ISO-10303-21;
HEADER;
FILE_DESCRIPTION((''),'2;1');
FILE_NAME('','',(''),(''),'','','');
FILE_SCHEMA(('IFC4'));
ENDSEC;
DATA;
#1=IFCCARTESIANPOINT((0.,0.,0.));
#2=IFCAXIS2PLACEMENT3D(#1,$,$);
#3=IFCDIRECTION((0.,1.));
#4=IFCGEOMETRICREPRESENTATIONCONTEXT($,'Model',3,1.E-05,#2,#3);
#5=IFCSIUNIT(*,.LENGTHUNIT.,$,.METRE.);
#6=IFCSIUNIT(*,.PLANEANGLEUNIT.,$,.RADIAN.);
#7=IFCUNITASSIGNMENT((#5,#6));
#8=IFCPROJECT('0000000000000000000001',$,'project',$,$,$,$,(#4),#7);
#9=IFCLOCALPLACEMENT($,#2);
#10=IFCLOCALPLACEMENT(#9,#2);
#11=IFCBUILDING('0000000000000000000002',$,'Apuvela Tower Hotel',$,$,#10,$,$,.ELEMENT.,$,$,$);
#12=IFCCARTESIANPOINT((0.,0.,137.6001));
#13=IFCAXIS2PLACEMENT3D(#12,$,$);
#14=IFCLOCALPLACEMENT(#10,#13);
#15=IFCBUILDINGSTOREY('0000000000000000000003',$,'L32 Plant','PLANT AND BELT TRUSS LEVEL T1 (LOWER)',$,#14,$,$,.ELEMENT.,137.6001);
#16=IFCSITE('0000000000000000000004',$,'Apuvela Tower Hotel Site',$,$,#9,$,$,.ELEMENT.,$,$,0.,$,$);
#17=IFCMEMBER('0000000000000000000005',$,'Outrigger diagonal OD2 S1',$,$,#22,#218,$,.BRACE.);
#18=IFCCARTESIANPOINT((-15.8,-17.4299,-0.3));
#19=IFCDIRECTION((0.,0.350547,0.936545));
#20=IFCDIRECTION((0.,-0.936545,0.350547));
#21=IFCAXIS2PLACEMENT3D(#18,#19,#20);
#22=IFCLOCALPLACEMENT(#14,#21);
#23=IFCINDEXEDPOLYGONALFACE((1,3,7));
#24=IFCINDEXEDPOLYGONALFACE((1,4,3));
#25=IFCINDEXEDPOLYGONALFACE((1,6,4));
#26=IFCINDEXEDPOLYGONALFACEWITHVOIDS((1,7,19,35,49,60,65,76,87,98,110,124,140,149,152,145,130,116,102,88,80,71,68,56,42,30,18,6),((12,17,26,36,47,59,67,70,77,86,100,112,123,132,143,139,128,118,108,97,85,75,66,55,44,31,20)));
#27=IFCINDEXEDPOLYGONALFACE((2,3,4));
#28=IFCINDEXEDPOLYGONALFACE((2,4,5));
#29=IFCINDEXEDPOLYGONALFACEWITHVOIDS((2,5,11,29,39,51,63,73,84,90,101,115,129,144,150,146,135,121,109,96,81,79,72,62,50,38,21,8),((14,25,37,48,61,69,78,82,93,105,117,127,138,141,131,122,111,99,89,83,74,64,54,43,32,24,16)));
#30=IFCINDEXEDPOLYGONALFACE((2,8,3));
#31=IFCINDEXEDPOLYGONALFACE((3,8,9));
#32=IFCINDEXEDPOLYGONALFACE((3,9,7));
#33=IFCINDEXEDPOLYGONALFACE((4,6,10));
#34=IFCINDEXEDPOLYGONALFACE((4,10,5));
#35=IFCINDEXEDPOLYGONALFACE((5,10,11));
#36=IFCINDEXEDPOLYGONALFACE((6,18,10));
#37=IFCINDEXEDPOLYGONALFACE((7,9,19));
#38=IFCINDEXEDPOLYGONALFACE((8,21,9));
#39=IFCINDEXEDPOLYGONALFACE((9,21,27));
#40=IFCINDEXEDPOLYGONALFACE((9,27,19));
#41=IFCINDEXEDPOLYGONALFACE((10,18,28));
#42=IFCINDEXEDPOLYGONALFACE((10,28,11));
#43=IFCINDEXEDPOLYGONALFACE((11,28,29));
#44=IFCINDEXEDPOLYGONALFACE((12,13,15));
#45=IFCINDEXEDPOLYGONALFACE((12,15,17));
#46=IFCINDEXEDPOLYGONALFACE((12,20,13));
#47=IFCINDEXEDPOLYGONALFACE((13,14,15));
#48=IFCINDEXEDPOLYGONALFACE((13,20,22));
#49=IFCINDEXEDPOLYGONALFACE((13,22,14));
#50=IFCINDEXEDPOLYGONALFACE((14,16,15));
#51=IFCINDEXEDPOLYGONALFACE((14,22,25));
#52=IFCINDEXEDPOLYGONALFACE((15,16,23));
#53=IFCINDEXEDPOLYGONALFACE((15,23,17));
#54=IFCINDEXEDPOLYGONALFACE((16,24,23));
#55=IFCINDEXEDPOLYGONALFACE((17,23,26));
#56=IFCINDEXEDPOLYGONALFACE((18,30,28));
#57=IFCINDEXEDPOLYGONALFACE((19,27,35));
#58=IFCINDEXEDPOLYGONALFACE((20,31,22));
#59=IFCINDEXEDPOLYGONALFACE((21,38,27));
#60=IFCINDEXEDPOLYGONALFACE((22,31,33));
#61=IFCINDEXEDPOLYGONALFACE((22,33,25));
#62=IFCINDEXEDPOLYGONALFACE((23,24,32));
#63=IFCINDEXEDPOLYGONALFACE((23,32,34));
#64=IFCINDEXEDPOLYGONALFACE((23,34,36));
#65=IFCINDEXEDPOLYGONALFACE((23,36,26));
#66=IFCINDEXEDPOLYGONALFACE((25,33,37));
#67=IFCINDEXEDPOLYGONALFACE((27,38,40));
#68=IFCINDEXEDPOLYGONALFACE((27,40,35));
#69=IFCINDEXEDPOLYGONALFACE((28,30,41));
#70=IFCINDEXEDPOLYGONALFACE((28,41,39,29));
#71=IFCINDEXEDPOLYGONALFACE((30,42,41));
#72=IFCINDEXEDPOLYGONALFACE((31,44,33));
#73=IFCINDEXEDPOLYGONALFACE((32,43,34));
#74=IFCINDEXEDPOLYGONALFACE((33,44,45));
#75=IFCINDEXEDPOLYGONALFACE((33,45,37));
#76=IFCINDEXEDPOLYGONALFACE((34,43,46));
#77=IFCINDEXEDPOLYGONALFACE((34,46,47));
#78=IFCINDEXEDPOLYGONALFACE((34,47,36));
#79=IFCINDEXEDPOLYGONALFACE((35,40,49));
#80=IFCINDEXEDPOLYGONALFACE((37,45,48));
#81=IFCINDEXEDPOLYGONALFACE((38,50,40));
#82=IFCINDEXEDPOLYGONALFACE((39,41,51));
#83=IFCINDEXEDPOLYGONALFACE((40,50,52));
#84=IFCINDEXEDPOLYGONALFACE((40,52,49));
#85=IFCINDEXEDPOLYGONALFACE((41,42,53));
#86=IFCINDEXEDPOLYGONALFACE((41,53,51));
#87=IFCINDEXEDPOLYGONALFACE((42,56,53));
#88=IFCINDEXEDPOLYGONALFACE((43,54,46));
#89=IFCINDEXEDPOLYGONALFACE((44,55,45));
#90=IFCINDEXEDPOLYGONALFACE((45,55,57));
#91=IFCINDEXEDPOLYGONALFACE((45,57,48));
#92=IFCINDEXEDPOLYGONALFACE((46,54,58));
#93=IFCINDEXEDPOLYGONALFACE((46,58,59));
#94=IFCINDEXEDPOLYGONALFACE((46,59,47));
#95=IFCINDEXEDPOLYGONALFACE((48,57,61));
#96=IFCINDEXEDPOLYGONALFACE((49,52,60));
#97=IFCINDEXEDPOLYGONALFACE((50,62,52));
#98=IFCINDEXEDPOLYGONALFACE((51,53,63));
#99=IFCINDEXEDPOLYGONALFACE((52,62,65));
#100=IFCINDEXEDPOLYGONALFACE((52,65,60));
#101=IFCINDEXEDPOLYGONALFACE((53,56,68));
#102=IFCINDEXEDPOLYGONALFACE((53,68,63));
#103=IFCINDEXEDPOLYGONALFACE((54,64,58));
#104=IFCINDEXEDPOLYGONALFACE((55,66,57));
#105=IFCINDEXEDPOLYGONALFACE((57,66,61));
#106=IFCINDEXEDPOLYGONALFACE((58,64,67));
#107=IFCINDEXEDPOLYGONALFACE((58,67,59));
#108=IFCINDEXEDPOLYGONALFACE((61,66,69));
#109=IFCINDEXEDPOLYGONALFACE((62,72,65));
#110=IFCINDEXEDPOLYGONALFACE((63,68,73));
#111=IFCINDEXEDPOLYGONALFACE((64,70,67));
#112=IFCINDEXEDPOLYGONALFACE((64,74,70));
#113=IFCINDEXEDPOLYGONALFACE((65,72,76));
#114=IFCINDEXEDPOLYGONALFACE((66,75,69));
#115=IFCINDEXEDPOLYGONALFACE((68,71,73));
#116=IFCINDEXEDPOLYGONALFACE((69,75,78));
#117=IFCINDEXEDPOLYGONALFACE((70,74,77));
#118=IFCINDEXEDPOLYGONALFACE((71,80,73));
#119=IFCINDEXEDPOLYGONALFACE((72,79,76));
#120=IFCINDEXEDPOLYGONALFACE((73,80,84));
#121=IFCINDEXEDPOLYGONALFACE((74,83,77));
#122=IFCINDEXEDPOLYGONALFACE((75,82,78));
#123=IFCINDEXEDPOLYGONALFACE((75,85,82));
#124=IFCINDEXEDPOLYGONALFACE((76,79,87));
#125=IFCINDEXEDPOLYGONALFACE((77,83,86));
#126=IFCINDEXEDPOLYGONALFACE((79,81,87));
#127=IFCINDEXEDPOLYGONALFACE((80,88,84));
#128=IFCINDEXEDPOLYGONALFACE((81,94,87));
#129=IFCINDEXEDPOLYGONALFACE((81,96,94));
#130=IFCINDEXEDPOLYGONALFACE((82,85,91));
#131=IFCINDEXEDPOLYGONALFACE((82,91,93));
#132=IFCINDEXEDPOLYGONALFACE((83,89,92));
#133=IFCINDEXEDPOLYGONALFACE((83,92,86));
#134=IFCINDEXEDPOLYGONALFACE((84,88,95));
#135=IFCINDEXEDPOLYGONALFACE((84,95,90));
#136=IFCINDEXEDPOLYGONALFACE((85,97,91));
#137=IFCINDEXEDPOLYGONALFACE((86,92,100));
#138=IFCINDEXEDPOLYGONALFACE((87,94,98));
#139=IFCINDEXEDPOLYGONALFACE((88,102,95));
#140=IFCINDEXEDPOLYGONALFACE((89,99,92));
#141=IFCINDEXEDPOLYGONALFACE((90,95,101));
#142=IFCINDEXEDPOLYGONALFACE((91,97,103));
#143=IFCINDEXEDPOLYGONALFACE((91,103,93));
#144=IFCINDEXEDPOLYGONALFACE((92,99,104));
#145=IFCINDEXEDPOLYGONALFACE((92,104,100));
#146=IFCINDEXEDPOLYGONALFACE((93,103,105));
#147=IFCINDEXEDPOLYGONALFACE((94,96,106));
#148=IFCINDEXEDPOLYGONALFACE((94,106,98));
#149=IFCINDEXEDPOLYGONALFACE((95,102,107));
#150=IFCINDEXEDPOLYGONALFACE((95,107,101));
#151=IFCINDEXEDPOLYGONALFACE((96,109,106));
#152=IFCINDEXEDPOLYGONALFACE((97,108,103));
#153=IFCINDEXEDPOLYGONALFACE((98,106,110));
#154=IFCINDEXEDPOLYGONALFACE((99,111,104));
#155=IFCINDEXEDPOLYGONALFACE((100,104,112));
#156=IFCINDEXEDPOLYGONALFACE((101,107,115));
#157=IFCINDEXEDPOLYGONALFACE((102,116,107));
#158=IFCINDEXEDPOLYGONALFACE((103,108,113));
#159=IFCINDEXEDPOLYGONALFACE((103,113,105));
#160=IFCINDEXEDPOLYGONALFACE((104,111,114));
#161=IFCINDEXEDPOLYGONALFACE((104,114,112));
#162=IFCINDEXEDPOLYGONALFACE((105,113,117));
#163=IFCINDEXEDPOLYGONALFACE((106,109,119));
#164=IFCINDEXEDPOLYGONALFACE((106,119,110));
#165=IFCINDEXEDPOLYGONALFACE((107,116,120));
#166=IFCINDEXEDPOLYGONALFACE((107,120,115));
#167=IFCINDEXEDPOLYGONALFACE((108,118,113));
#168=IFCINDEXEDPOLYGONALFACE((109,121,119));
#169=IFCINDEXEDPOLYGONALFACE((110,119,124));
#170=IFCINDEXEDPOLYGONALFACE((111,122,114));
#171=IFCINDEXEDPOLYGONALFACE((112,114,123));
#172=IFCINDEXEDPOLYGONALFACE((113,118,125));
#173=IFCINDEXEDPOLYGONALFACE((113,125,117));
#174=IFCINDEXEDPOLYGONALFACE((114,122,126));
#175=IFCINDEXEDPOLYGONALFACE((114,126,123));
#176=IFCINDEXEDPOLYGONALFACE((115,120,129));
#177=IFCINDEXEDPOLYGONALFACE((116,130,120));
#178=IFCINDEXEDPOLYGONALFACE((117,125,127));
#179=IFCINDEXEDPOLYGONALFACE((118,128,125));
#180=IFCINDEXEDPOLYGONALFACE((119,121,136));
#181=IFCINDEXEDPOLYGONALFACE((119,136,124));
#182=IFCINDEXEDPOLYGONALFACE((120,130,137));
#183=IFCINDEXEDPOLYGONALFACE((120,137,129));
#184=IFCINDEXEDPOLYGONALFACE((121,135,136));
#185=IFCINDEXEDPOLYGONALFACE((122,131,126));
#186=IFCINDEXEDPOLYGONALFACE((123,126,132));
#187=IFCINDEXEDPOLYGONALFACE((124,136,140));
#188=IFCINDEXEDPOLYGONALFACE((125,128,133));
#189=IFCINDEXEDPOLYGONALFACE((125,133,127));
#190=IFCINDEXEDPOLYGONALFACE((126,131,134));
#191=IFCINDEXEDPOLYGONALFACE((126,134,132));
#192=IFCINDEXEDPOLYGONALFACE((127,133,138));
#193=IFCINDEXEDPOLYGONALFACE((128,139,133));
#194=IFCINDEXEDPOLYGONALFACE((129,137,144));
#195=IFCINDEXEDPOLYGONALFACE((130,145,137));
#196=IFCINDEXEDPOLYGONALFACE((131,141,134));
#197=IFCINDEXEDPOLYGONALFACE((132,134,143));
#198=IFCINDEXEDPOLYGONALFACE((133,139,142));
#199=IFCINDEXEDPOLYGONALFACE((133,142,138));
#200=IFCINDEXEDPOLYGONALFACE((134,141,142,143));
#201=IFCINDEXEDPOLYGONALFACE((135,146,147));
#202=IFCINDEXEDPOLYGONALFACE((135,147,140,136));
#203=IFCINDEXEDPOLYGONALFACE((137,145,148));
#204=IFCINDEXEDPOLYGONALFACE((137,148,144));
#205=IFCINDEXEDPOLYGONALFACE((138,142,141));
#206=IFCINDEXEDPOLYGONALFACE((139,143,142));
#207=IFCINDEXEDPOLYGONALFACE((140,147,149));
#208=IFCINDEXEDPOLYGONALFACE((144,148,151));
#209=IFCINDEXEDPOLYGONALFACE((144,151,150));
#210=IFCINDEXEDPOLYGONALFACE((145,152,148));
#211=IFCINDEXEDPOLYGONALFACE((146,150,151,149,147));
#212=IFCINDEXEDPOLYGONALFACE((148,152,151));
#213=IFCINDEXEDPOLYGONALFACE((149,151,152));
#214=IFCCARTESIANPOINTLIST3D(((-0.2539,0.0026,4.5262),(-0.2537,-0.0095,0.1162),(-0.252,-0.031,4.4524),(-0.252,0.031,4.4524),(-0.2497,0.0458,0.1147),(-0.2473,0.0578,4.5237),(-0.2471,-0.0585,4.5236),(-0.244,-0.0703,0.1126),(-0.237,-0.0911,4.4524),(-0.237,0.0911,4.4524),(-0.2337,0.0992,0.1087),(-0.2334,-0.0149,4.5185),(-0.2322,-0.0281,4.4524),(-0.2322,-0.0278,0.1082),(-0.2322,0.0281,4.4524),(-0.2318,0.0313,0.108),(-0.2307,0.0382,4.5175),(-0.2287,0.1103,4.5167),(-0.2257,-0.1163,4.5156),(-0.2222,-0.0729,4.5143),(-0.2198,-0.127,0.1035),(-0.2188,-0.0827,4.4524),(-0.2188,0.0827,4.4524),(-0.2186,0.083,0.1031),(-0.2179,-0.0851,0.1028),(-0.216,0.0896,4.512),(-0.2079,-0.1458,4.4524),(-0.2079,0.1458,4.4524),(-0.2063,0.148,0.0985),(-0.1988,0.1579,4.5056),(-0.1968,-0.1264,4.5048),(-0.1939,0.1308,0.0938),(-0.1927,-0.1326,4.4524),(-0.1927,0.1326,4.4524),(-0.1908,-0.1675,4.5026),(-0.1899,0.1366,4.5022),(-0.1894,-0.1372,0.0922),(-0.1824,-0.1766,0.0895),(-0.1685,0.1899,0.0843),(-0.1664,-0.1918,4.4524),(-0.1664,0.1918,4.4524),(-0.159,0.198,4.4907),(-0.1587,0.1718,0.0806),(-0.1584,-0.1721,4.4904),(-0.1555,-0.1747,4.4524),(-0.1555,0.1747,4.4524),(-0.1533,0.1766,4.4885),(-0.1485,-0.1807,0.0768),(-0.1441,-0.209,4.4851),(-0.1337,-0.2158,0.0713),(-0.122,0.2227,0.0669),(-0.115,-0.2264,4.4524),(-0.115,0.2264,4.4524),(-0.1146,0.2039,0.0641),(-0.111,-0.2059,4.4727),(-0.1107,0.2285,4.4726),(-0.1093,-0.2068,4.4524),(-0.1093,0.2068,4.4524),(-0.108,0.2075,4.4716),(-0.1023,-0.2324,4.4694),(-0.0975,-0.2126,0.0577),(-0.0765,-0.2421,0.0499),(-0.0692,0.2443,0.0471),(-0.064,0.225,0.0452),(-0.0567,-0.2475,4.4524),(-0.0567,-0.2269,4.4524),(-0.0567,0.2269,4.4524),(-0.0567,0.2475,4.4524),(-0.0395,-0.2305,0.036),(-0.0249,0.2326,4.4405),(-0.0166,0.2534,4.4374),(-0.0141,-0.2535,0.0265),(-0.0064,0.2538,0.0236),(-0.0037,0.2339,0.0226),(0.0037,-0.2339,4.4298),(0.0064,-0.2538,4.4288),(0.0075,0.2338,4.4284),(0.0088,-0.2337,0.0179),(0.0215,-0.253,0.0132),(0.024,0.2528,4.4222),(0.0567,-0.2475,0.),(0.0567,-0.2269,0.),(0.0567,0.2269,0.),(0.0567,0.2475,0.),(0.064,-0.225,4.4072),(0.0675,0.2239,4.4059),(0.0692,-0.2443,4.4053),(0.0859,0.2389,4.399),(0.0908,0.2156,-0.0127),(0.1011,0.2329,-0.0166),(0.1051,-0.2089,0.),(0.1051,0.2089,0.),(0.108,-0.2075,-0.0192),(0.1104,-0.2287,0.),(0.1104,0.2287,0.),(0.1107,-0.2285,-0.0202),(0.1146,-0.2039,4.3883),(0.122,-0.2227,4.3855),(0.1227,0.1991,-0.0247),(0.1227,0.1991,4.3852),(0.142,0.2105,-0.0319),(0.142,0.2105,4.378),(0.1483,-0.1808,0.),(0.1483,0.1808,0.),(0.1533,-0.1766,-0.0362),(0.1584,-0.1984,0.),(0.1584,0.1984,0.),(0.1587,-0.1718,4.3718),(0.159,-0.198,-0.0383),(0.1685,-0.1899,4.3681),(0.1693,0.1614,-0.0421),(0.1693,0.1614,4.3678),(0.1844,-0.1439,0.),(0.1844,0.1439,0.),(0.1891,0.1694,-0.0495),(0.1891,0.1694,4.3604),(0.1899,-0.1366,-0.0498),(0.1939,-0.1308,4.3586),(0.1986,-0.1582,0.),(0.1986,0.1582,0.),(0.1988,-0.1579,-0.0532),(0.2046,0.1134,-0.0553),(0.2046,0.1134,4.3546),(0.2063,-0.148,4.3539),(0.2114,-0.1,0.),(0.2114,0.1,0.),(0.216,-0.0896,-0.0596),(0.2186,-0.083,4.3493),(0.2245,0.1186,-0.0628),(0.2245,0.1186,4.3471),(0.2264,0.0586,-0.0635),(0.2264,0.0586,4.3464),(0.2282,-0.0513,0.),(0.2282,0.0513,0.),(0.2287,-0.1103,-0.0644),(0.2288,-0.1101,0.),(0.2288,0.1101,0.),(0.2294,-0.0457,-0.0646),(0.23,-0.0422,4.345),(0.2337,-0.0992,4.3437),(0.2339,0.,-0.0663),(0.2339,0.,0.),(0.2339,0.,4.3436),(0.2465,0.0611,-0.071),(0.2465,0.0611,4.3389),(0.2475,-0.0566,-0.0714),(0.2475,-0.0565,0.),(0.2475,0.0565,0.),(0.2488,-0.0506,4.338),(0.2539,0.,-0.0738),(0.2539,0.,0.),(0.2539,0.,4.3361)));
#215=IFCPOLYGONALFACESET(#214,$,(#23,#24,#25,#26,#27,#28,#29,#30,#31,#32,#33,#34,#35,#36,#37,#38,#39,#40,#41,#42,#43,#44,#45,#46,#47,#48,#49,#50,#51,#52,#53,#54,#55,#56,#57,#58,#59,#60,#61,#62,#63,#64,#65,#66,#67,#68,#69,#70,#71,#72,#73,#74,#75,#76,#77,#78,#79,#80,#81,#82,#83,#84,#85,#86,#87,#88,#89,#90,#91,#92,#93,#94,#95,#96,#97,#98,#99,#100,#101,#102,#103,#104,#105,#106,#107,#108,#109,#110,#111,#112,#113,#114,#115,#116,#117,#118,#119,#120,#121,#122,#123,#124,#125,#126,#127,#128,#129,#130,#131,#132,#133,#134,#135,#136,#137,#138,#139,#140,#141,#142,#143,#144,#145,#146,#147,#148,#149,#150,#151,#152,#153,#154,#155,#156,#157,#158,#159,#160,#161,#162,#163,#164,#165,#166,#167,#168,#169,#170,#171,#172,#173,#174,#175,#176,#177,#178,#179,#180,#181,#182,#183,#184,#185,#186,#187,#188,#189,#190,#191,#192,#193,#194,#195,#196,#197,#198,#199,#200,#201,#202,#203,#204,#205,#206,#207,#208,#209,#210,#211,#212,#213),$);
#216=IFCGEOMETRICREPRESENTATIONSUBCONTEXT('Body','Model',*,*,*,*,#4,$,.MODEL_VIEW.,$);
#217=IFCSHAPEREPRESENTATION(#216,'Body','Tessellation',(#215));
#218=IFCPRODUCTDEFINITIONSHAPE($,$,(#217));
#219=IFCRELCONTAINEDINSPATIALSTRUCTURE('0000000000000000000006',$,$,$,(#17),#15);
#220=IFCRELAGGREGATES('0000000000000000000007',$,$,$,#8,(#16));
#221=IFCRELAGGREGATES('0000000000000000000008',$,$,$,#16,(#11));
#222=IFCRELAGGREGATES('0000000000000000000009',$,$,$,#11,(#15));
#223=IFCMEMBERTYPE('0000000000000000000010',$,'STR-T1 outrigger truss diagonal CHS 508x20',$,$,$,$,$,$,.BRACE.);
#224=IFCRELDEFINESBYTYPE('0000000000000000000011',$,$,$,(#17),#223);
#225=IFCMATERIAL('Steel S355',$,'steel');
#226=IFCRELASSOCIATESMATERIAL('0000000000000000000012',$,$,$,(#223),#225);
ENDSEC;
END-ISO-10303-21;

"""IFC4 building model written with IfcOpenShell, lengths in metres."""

from ifc_helpers import new_model, si_unit, direction, frame, origin, origin_2d, place, context, subcontext, project, spatial, hollow_circle, extrude, boolean, halfspace, material, material_profile, profile_set, type_object, element, save


model = new_model("IFC4")

# Units and contexts
model_context = context("Model", 3, precision=1e-05, world=origin(), true_north=direction((0.0, 1.0)))
body_context = subcontext(model_context, "Body", "Model", "MODEL_VIEW")
ifc_project = project(units=[si_unit("LENGTHUNIT", "METRE"), si_unit("PLANEANGLEUNIT", "RADIAN")], contexts=[model_context])

# Site, building, storey
site_placement = place(None, origin())
site = spatial("IfcSite", under=ifc_project, at=site_placement, Name="Apuvela Tower Hotel Site", CompositionType="ELEMENT", RefElevation=0.0)
building_placement = place(site_placement, origin())
building = spatial("IfcBuilding", under=site, at=building_placement, Name="Apuvela Tower Hotel", CompositionType="ELEMENT")
storey_placement = place(building_placement, frame((0.0, 0.0, 137.6001)))
storey = spatial("IfcBuildingStorey", under=building, at=storey_placement, Name="L32 Plant", Description="PLANT AND BELT TRUSS LEVEL T1 (LOWER)", CompositionType="ELEMENT", Elevation=137.6001)

# Member
ifc_material_1 = material(Name="Steel S355", Category="steel")
ifc_material_profile_1 = material_profile(ifc_material_1, hollow_circle(Radius=0.2539, WallThickness=0.02, at=origin_2d()), Name="CHS 508x20")
ifc_profile_set_1 = profile_set([ifc_material_profile_1], Name="Steel S355")
member_type_1 = type_object("IfcMemberType", Name="STR-T1 outrigger truss diagonal CHS 508x20", PredefinedType="BRACE", material=ifc_profile_set_1)
member_1_placement = place(storey_placement, frame((-15.8, -17.4299, -0.3), z_axis=(0.0, 0.350547, 0.936545), x_axis=(0.0, -0.936545, 0.350547)))
solid = boolean("DIFFERENCE", boolean("DIFFERENCE", extrude(hollow_circle(Radius=0.2539, WallThickness=0.02, at=origin_2d()), frame((0.0, 0.0, -0.2151)), (0.0, 0.0, 1.0), 4.8826), halfspace(frame((0.0, 0.0, 0.0212), z_axis=(0.350547, 0.0, 0.936545), x_axis=(0.936545, 0.0, -0.350547)), True)), halfspace(frame((0.0, 0.0, 4.4312), z_axis=(0.350547, 0.0, 0.936545), x_axis=(0.936545, 0.0, -0.350547)), False))
element("IfcMember", 1, at=member_1_placement, inside=storey, type_object=member_type_1, Name="Outrigger diagonal OD2 S1", PredefinedType="BRACE", context=body_context, shape_type="SweptSolid", body=[
    boolean("UNION", boolean("DIFFERENCE", boolean("DIFFERENCE", extrude(hollow_circle(Radius=0.2539, WallThickness=0.02, at=origin_2d()), origin(), (0.0, 0.0, 1.0), 4.4524), halfspace(frame((0.0, 0.0, 0.0212), z_axis=(0.350547, 0.0, 0.936545), x_axis=(0.936545, 0.0, -0.350547)), True)), halfspace(frame((0.0, 0.0, 4.4312), z_axis=(0.350547, 0.0, 0.936545), x_axis=(0.936545, 0.0, -0.350547)), False)), solid),
])

save(model, "model.ifc")
